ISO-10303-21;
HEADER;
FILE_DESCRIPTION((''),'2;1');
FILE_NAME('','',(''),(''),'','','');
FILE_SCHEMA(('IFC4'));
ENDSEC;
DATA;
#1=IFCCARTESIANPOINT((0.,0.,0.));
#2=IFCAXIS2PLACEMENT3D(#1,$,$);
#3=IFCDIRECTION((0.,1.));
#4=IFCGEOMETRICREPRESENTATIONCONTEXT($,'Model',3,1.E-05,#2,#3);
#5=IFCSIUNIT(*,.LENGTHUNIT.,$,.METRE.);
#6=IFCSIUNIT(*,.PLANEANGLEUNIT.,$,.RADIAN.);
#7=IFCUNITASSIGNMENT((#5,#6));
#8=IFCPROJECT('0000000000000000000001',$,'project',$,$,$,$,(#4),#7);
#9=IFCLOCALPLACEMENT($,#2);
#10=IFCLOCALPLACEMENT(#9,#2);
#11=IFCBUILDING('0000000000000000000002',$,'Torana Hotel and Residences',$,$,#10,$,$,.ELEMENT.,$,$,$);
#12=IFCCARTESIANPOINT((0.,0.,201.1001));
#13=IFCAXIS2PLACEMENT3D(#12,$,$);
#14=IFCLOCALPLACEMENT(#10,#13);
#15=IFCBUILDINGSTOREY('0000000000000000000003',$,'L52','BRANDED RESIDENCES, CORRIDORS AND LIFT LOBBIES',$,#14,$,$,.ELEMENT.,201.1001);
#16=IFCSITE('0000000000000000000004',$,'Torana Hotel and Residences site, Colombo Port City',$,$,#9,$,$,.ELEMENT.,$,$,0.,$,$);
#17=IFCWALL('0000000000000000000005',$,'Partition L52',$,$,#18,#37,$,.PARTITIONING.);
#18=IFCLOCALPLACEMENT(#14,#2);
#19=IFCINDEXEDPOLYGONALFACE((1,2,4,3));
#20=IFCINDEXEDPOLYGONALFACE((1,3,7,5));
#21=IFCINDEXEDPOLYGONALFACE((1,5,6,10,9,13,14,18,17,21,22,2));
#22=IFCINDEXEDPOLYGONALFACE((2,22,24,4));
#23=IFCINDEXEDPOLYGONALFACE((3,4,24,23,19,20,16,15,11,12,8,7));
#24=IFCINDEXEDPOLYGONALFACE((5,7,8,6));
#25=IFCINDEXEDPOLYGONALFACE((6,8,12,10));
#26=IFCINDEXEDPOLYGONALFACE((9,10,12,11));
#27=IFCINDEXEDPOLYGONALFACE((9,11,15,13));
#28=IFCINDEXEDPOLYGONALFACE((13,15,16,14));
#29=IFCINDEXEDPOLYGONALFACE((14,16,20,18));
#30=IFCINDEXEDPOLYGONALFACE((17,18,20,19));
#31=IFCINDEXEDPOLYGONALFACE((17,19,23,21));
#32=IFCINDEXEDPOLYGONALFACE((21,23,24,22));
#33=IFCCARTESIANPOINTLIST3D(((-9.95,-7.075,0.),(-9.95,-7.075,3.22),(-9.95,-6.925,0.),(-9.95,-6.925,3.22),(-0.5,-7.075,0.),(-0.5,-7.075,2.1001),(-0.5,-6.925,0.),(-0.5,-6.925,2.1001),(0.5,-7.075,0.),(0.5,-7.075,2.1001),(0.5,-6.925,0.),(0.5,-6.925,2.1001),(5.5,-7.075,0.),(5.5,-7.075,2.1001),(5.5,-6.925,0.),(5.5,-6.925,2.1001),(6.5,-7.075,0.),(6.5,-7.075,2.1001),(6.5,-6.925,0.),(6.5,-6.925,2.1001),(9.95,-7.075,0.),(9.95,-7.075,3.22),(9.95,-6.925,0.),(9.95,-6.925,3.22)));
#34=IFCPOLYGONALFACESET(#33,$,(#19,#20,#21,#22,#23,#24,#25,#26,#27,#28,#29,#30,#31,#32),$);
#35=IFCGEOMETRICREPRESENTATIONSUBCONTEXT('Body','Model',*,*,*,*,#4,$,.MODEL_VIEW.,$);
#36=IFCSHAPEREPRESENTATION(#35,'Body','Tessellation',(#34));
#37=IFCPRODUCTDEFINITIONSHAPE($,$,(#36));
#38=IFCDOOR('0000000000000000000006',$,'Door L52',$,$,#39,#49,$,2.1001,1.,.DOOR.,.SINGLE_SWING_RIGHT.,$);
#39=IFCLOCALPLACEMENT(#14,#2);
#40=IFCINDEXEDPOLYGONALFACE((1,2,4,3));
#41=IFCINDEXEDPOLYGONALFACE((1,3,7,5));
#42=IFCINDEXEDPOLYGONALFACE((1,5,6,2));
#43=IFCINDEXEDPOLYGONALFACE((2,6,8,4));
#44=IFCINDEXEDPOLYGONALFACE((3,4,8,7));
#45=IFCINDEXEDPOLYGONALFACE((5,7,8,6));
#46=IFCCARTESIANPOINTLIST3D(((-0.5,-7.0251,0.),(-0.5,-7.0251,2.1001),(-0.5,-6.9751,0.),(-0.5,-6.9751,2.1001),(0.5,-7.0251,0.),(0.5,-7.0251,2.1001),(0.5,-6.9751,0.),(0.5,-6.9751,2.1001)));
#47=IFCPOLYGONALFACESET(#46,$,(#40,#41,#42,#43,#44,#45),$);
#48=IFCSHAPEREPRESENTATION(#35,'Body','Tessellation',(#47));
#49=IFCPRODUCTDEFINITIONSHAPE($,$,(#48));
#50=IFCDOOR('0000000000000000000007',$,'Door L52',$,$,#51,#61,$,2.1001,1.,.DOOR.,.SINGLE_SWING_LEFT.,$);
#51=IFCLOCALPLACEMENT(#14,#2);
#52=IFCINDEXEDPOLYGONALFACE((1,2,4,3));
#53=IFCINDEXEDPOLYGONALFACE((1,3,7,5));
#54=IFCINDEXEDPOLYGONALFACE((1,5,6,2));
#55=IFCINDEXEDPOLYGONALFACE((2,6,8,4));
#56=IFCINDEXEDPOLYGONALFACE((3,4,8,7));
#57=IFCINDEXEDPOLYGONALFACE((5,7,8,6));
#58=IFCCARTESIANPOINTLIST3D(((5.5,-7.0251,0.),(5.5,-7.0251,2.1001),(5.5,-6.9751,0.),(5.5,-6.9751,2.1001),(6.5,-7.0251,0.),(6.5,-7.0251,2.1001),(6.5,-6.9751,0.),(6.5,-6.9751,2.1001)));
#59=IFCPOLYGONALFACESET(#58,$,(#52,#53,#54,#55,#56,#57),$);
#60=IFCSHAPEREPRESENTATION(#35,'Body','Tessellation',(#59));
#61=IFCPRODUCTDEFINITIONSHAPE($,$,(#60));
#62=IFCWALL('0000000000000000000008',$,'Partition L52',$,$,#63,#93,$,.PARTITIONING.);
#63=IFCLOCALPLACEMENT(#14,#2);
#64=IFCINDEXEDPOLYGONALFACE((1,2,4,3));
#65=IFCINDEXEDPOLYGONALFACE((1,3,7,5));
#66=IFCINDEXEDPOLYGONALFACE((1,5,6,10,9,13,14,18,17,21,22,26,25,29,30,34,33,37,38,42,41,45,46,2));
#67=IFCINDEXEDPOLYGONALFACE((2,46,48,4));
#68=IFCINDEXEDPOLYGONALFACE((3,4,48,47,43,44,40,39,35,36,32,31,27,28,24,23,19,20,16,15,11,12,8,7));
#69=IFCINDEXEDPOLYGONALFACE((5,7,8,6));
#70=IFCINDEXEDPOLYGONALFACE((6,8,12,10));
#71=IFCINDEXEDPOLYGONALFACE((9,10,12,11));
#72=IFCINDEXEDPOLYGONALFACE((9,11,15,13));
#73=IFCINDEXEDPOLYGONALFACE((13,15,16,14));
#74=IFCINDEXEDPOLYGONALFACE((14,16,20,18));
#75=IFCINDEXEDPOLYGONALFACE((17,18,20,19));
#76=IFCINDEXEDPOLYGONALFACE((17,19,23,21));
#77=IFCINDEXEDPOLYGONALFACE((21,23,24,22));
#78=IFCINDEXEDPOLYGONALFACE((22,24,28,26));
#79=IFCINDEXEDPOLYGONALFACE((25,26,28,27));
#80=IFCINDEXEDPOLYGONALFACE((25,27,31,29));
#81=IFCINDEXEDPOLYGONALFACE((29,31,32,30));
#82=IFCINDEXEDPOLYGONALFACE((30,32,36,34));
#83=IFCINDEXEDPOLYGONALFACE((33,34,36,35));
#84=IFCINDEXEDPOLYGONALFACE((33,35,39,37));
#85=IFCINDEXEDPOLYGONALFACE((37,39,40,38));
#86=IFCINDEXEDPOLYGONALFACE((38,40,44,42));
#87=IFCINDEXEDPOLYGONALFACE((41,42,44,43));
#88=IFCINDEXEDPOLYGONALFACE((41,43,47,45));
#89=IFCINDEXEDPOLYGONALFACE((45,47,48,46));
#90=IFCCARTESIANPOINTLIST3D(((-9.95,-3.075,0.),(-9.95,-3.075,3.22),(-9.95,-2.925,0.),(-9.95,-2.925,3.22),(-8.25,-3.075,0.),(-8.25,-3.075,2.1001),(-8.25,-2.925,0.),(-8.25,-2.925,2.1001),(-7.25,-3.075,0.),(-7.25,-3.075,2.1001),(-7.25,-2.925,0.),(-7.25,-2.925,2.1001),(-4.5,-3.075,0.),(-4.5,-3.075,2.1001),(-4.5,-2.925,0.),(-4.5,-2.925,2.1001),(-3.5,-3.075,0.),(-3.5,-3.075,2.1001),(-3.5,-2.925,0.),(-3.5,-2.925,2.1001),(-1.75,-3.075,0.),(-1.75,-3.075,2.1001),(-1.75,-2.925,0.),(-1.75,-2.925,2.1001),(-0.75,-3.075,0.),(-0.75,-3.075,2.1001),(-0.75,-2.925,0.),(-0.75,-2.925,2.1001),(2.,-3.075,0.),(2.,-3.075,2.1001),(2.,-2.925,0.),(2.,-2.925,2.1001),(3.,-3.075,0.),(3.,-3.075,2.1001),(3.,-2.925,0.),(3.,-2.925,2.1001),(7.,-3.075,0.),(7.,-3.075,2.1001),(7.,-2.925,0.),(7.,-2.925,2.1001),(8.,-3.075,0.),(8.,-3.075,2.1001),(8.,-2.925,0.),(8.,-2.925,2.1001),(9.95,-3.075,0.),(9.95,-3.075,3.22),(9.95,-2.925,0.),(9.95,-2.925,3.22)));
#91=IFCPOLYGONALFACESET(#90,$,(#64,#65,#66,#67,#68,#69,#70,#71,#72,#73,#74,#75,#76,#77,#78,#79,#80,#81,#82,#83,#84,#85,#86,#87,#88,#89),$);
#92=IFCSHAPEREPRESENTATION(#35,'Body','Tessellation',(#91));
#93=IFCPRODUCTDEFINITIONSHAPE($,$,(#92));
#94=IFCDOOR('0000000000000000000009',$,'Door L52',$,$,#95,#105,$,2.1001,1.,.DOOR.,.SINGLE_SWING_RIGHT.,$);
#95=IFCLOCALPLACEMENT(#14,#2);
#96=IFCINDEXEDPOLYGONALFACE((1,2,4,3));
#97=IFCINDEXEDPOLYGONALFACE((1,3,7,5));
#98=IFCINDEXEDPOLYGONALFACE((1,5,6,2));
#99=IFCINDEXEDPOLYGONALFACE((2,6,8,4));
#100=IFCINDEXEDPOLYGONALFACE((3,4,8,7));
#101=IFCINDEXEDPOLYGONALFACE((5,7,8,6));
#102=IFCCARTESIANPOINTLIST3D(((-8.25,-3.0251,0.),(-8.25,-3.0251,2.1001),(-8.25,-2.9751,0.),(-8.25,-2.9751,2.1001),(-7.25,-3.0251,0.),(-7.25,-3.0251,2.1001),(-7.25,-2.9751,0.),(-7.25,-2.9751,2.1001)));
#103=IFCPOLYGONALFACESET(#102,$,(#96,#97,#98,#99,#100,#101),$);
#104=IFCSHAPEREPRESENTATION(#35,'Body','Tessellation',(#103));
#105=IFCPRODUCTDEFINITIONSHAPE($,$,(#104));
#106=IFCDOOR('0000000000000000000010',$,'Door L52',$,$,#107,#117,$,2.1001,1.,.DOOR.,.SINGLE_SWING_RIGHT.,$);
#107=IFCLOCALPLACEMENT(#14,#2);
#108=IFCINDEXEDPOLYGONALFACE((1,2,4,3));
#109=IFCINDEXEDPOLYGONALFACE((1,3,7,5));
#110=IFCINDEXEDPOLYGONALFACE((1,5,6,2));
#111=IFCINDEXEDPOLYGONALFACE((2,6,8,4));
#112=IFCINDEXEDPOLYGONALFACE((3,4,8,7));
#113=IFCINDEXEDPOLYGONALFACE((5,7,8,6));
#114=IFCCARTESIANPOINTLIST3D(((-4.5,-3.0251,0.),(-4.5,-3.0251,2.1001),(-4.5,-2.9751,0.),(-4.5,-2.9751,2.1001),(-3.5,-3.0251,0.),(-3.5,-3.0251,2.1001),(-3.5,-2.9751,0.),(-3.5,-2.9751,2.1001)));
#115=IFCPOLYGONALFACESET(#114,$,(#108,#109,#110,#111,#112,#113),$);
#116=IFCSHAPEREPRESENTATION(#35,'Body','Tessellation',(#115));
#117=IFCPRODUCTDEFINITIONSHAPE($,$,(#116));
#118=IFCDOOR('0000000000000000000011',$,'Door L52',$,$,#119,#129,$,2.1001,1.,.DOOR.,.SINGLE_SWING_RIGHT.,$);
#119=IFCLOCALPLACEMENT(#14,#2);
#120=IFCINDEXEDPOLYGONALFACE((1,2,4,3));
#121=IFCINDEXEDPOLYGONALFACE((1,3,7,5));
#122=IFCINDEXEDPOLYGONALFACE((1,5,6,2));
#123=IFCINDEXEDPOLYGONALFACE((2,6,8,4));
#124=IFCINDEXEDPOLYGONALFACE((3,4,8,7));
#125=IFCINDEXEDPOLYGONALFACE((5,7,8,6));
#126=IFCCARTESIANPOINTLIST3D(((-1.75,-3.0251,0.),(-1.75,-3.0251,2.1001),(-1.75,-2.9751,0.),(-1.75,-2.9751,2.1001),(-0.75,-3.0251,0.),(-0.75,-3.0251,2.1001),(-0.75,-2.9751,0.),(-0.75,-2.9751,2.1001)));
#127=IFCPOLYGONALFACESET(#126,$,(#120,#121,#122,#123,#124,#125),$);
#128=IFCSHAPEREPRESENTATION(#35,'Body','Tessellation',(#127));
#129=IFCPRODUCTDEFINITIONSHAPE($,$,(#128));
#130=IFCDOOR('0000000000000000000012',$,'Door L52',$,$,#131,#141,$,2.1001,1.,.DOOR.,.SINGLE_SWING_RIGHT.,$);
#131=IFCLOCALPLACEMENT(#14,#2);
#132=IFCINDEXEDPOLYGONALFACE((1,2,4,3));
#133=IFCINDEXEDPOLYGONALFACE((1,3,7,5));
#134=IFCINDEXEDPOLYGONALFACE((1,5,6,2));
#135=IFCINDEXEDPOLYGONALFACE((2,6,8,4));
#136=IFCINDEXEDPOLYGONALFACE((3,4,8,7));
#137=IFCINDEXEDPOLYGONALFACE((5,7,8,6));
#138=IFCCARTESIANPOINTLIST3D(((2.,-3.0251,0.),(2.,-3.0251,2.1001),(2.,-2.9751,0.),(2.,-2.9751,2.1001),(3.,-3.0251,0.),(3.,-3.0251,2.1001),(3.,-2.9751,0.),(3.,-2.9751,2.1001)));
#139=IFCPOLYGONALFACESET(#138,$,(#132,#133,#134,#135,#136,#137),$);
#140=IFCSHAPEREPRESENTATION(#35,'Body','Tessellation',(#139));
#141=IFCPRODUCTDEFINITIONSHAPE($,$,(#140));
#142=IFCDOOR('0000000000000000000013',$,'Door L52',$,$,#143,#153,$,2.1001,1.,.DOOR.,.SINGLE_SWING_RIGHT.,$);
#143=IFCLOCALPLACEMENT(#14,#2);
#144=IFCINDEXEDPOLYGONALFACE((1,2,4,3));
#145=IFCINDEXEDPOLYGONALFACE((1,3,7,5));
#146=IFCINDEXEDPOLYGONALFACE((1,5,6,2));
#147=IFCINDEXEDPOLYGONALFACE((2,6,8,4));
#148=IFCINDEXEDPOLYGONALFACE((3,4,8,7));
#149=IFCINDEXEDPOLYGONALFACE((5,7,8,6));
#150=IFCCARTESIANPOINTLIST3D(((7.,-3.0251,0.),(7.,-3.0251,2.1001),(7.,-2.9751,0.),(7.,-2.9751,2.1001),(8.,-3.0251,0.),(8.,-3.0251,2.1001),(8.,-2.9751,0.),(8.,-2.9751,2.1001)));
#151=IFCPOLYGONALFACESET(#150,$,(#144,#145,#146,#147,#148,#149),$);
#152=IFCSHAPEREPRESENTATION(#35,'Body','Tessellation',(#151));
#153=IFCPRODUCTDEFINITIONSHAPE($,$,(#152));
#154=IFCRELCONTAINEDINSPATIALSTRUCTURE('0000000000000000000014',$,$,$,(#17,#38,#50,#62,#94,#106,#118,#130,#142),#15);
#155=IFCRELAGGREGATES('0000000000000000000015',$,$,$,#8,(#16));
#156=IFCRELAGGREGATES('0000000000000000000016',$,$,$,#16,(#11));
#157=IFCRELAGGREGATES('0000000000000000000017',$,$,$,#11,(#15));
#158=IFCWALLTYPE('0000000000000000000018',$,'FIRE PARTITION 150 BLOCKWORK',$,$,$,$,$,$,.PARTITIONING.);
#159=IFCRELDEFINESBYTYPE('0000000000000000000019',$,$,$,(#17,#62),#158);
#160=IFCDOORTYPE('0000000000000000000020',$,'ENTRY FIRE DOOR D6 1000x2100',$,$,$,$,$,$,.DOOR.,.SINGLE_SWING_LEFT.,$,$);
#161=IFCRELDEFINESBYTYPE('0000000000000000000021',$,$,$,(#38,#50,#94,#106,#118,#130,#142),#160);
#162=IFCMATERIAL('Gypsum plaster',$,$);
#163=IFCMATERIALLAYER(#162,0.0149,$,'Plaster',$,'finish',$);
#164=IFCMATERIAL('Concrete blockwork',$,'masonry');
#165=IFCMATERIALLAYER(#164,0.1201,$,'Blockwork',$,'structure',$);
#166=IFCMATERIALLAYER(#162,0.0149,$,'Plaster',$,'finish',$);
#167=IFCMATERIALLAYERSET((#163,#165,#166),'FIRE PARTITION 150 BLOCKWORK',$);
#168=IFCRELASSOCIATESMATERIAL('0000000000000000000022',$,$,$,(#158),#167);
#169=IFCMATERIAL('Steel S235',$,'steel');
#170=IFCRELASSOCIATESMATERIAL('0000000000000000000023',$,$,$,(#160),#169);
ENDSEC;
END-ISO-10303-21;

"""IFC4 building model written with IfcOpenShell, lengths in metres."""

from ifc_helpers import new_model, si_unit, direction, frame, frame_2d, origin, place, context, subcontext, project, spatial, rectangle, extrude, material, layer, layer_set, type_object, element, fill, save


model = new_model("IFC4")

# Units and contexts
model_context = context("Model", 3, precision=1e-05, world=origin(), true_north=direction((0.0, 1.0)))
body_context = subcontext(model_context, "Body", "Model", "MODEL_VIEW")
ifc_project = project(units=[si_unit("LENGTHUNIT", "METRE"), si_unit("PLANEANGLEUNIT", "RADIAN")], contexts=[model_context])

# Site, building, storey
site_placement = place(None, origin())
site = spatial("IfcSite", under=ifc_project, at=site_placement, Name="Torana Hotel and Residences site, Colombo Port City", CompositionType="ELEMENT", RefElevation=0.0)
building_placement = place(site_placement, origin())
building = spatial("IfcBuilding", under=site, at=building_placement, Name="Torana Hotel and Residences", CompositionType="ELEMENT")
storey_placement = place(building_placement, frame((0.0, 0.0, 201.1001)))
storey = spatial("IfcBuildingStorey", under=building, at=storey_placement, Name="L52", Description="BRANDED RESIDENCES, CORRIDORS AND LIFT LOBBIES", CompositionType="ELEMENT", Elevation=201.1001)

# Walls, openings, doors
ifc_material_1 = material(Name="Gypsum plaster")
ifc_layer_1 = layer(ifc_material_1, 0.0149, Name="Plaster", Category="finish")
ifc_material_2 = material(Name="Concrete blockwork", Category="masonry")
ifc_layer_2 = layer(ifc_material_2, 0.1201, Name="Blockwork", Category="structure")
ifc_layer_3 = layer(ifc_material_1, 0.0149, Name="Plaster", Category="finish")
ifc_layer_set_1 = layer_set([ifc_layer_1, ifc_layer_2, ifc_layer_3], Name="FIRE PARTITION 150 BLOCKWORK")
wall_type_1 = type_object("IfcWallType", Name="FIRE PARTITION 150 BLOCKWORK", PredefinedType="PARTITIONING", material=ifc_layer_set_1)
wall_1_placement = place(storey_placement, frame((-9.95, -7.0, 0.0), z_axis=(0.0, 0.0, 1.0), x_axis=(1.0, 0.0, 0.0)))
wall_1 = element("IfcWall", 1, at=wall_1_placement, inside=storey, type_object=wall_type_1, Name="Partition L52", PredefinedType="PARTITIONING", context=body_context, shape_type="SweptSolid", body=[
    extrude(rectangle(XDim=19.8999, YDim=0.1499, at=frame_2d((9.95, 0.0))), origin(), (0.0, 0.0, 1.0), 3.22),
])
opening_1_placement = place(wall_1_placement, frame((9.45, 0.0, 0.0)))
opening_1 = element("IfcOpeningElement", 2, at=opening_1_placement, cuts=wall_1, PredefinedType="OPENING", context=body_context, shape_type="SweptSolid", body=[
    extrude(rectangle(XDim=1.0, YDim=2.1001, at=frame_2d((0.5, 1.05))), frame((0.0, 0.085, 0.0), z_axis=(0.0, -1.0, 0.0), x_axis=(1.0, 0.0, 0.0)), (0.0, 0.0, 1.0), 0.1699),
])
opening_2_placement = place(wall_1_placement, frame((15.45, 0.0, 0.0)))
opening_2 = element("IfcOpeningElement", 3, at=opening_2_placement, cuts=wall_1, PredefinedType="OPENING", context=body_context, shape_type="SweptSolid", body=[
    extrude(rectangle(XDim=1.0, YDim=2.1001, at=frame_2d((0.5, 1.05))), frame((0.0, 0.085, 0.0), z_axis=(0.0, -1.0, 0.0), x_axis=(1.0, 0.0, 0.0)), (0.0, 0.0, 1.0), 0.1699),
])
ifc_material_3 = material(Name="Steel S235", Category="steel")
door_type = type_object("IfcDoorType", Name="ENTRY FIRE DOOR D6 1000x2100", OperationType="SINGLE_SWING_LEFT", PredefinedType="DOOR", material=ifc_material_3)
door_1_placement = place(opening_1_placement, origin())
door_1 = element("IfcDoor", 4, at=door_1_placement, inside=storey, type_object=door_type, Name="Door L52", OperationType="SINGLE_SWING_RIGHT", OverallHeight=2.1001, OverallWidth=1.0, PredefinedType="DOOR", context=body_context, shape_type="SweptSolid", body=[
    extrude(rectangle(XDim=1.0, YDim=2.1001, at=frame_2d((0.5, 1.05))), frame((0.0, 0.0249, 0.0), z_axis=(0.0, -1.0, 0.0), x_axis=(1.0, 0.0, 0.0)), (0.0, 0.0, 1.0), 0.05),
])
fill(opening_1, door_1)
door_2_placement = place(opening_2_placement, frame((0.5, 0.0, 0.0), z_axis=(0.0, 0.0, 1.0), x_axis=(-1.0, 0.0, 0.0)))
door_2 = element("IfcDoor", 5, at=door_2_placement, inside=storey, type_object=door_type, Name="Door L52", OperationType="SINGLE_SWING_LEFT", OverallHeight=2.1001, OverallWidth=1.0, PredefinedType="DOOR", context=body_context, shape_type="SweptSolid", body=[
    extrude(rectangle(XDim=1.0, YDim=2.1001, at=frame_2d((0.0, 1.05))), frame((0.0, -0.0249, 0.0), z_axis=(0.0, 1.0, 0.0), x_axis=(-1.0, 0.0, 0.0)), (0.0, 0.0, 1.0), 0.05),
])
fill(opening_2, door_2)
wall_2_placement = place(storey_placement, frame((-9.95, -3.0, 0.0), z_axis=(0.0, 0.0, 1.0), x_axis=(1.0, 0.0, 0.0)))
wall_2 = element("IfcWall", 6, at=wall_2_placement, inside=storey, type_object=wall_type_1, Name="Partition L52", PredefinedType="PARTITIONING", context=body_context, shape_type="SweptSolid", body=[
    extrude(rectangle(XDim=19.8999, YDim=0.1499, at=frame_2d((9.95, 0.0))), origin(), (0.0, 0.0, 1.0), 3.22),
])
opening_3_placement = place(wall_2_placement, frame((1.7, 0.0, 0.0)))
opening_3 = element("IfcOpeningElement", 7, at=opening_3_placement, cuts=wall_2, PredefinedType="OPENING", context=body_context, shape_type="SweptSolid", body=[
    extrude(rectangle(XDim=1.0, YDim=2.1001, at=frame_2d((0.5, 1.05))), frame((0.0, 0.085, 0.0), z_axis=(0.0, -1.0, 0.0), x_axis=(1.0, 0.0, 0.0)), (0.0, 0.0, 1.0), 0.1699),
])
opening_4_placement = place(wall_2_placement, frame((5.45, 0.0, 0.0)))
opening_4 = element("IfcOpeningElement", 8, at=opening_4_placement, cuts=wall_2, PredefinedType="OPENING", context=body_context, shape_type="SweptSolid", body=[
    extrude(rectangle(XDim=1.0, YDim=2.1001, at=frame_2d((0.5, 1.05))), frame((0.0, 0.085, 0.0), z_axis=(0.0, -1.0, 0.0), x_axis=(1.0, 0.0, 0.0)), (0.0, 0.0, 1.0), 0.1699),
])
opening_5_placement = place(wall_2_placement, frame((8.2, 0.0, 0.0)))
opening_5 = element("IfcOpeningElement", 9, at=opening_5_placement, cuts=wall_2, PredefinedType="OPENING", context=body_context, shape_type="SweptSolid", body=[
    extrude(rectangle(XDim=1.0, YDim=2.1001, at=frame_2d((0.5, 1.05))), frame((0.0, 0.085, 0.0), z_axis=(0.0, -1.0, 0.0), x_axis=(1.0, 0.0, 0.0)), (0.0, 0.0, 1.0), 0.1699),
])
opening_6_placement = place(wall_2_placement, frame((11.95, 0.0, 0.0)))
opening_6 = element("IfcOpeningElement", 10, at=opening_6_placement, cuts=wall_2, PredefinedType="OPENING", context=body_context, shape_type="SweptSolid", body=[
    extrude(rectangle(XDim=1.0, YDim=2.1001, at=frame_2d((0.5, 1.05))), frame((0.0, 0.085, 0.0), z_axis=(0.0, -1.0, 0.0), x_axis=(1.0, 0.0, 0.0)), (0.0, 0.0, 1.0), 0.1699),
])
opening_7_placement = place(wall_2_placement, frame((16.95, 0.0, 0.0)))
opening_7 = element("IfcOpeningElement", 11, at=opening_7_placement, cuts=wall_2, PredefinedType="OPENING", context=body_context, shape_type="SweptSolid", body=[
    extrude(rectangle(XDim=1.0, YDim=2.1001, at=frame_2d((0.5, 1.05))), frame((0.0, 0.085, 0.0), z_axis=(0.0, -1.0, 0.0), x_axis=(1.0, 0.0, 0.0)), (0.0, 0.0, 1.0), 0.1699),
])
door_3_placement = place(opening_3_placement, origin())
door_3 = element("IfcDoor", 12, at=door_3_placement, inside=storey, type_object=door_type, Name="Door L52", OperationType="SINGLE_SWING_RIGHT", OverallHeight=2.1001, OverallWidth=1.0, PredefinedType="DOOR", context=body_context, shape_type="SweptSolid", body=[
    extrude(rectangle(XDim=1.0, YDim=2.1001, at=frame_2d((0.5, 1.05))), frame((0.0, 0.0249, 0.0), z_axis=(0.0, -1.0, 0.0), x_axis=(1.0, 0.0, 0.0)), (0.0, 0.0, 1.0), 0.05),
])
fill(opening_3, door_3)
door_4_placement = place(opening_4_placement, origin())
door_4 = element("IfcDoor", 13, at=door_4_placement, inside=storey, type_object=door_type, Name="Door L52", OperationType="SINGLE_SWING_RIGHT", OverallHeight=2.1001, OverallWidth=1.0, PredefinedType="DOOR", context=body_context, shape_type="SweptSolid", body=[
    extrude(rectangle(XDim=1.0, YDim=2.1001, at=frame_2d((0.5, 1.05))), frame((0.0, 0.0249, 0.0), z_axis=(0.0, -1.0, 0.0), x_axis=(1.0, 0.0, 0.0)), (0.0, 0.0, 1.0), 0.05),
])
fill(opening_4, door_4)
door_5_placement = place(opening_5_placement, origin())
door_5 = element("IfcDoor", 14, at=door_5_placement, inside=storey, type_object=door_type, Name="Door L52", OperationType="SINGLE_SWING_RIGHT", OverallHeight=2.1001, OverallWidth=1.0, PredefinedType="DOOR", context=body_context, shape_type="SweptSolid", body=[
    extrude(rectangle(XDim=1.0, YDim=2.1001, at=frame_2d((0.5, 1.05))), frame((0.0, 0.0249, 0.0), z_axis=(0.0, -1.0, 0.0), x_axis=(1.0, 0.0, 0.0)), (0.0, 0.0, 1.0), 0.05),
])
fill(opening_5, door_5)
door_6_placement = place(opening_6_placement, origin())
door_6 = element("IfcDoor", 15, at=door_6_placement, inside=storey, type_object=door_type, Name="Door L52", OperationType="SINGLE_SWING_RIGHT", OverallHeight=2.1001, OverallWidth=1.0, PredefinedType="DOOR", context=body_context, shape_type="SweptSolid", body=[
    extrude(rectangle(XDim=1.0, YDim=2.1001, at=frame_2d((0.5, 1.05))), frame((0.0, 0.0249, 0.0), z_axis=(0.0, -1.0, 0.0), x_axis=(1.0, 0.0, 0.0)), (0.0, 0.0, 1.0), 0.05),
])
fill(opening_6, door_6)
door_7_placement = place(opening_7_placement, origin())
door_7 = element("IfcDoor", 16, at=door_7_placement, inside=storey, type_object=door_type, Name="Door L52", OperationType="SINGLE_SWING_RIGHT", OverallHeight=2.1001, OverallWidth=1.0, PredefinedType="DOOR", context=body_context, shape_type="SweptSolid", body=[
    extrude(rectangle(XDim=1.0, YDim=2.1001, at=frame_2d((0.5, 1.05))), frame((0.0, 0.0249, 0.0), z_axis=(0.0, -1.0, 0.0), x_axis=(1.0, 0.0, 0.0)), (0.0, 0.0, 1.0), 0.05),
])
fill(opening_7, door_7)

save(model, "model.ifc")
